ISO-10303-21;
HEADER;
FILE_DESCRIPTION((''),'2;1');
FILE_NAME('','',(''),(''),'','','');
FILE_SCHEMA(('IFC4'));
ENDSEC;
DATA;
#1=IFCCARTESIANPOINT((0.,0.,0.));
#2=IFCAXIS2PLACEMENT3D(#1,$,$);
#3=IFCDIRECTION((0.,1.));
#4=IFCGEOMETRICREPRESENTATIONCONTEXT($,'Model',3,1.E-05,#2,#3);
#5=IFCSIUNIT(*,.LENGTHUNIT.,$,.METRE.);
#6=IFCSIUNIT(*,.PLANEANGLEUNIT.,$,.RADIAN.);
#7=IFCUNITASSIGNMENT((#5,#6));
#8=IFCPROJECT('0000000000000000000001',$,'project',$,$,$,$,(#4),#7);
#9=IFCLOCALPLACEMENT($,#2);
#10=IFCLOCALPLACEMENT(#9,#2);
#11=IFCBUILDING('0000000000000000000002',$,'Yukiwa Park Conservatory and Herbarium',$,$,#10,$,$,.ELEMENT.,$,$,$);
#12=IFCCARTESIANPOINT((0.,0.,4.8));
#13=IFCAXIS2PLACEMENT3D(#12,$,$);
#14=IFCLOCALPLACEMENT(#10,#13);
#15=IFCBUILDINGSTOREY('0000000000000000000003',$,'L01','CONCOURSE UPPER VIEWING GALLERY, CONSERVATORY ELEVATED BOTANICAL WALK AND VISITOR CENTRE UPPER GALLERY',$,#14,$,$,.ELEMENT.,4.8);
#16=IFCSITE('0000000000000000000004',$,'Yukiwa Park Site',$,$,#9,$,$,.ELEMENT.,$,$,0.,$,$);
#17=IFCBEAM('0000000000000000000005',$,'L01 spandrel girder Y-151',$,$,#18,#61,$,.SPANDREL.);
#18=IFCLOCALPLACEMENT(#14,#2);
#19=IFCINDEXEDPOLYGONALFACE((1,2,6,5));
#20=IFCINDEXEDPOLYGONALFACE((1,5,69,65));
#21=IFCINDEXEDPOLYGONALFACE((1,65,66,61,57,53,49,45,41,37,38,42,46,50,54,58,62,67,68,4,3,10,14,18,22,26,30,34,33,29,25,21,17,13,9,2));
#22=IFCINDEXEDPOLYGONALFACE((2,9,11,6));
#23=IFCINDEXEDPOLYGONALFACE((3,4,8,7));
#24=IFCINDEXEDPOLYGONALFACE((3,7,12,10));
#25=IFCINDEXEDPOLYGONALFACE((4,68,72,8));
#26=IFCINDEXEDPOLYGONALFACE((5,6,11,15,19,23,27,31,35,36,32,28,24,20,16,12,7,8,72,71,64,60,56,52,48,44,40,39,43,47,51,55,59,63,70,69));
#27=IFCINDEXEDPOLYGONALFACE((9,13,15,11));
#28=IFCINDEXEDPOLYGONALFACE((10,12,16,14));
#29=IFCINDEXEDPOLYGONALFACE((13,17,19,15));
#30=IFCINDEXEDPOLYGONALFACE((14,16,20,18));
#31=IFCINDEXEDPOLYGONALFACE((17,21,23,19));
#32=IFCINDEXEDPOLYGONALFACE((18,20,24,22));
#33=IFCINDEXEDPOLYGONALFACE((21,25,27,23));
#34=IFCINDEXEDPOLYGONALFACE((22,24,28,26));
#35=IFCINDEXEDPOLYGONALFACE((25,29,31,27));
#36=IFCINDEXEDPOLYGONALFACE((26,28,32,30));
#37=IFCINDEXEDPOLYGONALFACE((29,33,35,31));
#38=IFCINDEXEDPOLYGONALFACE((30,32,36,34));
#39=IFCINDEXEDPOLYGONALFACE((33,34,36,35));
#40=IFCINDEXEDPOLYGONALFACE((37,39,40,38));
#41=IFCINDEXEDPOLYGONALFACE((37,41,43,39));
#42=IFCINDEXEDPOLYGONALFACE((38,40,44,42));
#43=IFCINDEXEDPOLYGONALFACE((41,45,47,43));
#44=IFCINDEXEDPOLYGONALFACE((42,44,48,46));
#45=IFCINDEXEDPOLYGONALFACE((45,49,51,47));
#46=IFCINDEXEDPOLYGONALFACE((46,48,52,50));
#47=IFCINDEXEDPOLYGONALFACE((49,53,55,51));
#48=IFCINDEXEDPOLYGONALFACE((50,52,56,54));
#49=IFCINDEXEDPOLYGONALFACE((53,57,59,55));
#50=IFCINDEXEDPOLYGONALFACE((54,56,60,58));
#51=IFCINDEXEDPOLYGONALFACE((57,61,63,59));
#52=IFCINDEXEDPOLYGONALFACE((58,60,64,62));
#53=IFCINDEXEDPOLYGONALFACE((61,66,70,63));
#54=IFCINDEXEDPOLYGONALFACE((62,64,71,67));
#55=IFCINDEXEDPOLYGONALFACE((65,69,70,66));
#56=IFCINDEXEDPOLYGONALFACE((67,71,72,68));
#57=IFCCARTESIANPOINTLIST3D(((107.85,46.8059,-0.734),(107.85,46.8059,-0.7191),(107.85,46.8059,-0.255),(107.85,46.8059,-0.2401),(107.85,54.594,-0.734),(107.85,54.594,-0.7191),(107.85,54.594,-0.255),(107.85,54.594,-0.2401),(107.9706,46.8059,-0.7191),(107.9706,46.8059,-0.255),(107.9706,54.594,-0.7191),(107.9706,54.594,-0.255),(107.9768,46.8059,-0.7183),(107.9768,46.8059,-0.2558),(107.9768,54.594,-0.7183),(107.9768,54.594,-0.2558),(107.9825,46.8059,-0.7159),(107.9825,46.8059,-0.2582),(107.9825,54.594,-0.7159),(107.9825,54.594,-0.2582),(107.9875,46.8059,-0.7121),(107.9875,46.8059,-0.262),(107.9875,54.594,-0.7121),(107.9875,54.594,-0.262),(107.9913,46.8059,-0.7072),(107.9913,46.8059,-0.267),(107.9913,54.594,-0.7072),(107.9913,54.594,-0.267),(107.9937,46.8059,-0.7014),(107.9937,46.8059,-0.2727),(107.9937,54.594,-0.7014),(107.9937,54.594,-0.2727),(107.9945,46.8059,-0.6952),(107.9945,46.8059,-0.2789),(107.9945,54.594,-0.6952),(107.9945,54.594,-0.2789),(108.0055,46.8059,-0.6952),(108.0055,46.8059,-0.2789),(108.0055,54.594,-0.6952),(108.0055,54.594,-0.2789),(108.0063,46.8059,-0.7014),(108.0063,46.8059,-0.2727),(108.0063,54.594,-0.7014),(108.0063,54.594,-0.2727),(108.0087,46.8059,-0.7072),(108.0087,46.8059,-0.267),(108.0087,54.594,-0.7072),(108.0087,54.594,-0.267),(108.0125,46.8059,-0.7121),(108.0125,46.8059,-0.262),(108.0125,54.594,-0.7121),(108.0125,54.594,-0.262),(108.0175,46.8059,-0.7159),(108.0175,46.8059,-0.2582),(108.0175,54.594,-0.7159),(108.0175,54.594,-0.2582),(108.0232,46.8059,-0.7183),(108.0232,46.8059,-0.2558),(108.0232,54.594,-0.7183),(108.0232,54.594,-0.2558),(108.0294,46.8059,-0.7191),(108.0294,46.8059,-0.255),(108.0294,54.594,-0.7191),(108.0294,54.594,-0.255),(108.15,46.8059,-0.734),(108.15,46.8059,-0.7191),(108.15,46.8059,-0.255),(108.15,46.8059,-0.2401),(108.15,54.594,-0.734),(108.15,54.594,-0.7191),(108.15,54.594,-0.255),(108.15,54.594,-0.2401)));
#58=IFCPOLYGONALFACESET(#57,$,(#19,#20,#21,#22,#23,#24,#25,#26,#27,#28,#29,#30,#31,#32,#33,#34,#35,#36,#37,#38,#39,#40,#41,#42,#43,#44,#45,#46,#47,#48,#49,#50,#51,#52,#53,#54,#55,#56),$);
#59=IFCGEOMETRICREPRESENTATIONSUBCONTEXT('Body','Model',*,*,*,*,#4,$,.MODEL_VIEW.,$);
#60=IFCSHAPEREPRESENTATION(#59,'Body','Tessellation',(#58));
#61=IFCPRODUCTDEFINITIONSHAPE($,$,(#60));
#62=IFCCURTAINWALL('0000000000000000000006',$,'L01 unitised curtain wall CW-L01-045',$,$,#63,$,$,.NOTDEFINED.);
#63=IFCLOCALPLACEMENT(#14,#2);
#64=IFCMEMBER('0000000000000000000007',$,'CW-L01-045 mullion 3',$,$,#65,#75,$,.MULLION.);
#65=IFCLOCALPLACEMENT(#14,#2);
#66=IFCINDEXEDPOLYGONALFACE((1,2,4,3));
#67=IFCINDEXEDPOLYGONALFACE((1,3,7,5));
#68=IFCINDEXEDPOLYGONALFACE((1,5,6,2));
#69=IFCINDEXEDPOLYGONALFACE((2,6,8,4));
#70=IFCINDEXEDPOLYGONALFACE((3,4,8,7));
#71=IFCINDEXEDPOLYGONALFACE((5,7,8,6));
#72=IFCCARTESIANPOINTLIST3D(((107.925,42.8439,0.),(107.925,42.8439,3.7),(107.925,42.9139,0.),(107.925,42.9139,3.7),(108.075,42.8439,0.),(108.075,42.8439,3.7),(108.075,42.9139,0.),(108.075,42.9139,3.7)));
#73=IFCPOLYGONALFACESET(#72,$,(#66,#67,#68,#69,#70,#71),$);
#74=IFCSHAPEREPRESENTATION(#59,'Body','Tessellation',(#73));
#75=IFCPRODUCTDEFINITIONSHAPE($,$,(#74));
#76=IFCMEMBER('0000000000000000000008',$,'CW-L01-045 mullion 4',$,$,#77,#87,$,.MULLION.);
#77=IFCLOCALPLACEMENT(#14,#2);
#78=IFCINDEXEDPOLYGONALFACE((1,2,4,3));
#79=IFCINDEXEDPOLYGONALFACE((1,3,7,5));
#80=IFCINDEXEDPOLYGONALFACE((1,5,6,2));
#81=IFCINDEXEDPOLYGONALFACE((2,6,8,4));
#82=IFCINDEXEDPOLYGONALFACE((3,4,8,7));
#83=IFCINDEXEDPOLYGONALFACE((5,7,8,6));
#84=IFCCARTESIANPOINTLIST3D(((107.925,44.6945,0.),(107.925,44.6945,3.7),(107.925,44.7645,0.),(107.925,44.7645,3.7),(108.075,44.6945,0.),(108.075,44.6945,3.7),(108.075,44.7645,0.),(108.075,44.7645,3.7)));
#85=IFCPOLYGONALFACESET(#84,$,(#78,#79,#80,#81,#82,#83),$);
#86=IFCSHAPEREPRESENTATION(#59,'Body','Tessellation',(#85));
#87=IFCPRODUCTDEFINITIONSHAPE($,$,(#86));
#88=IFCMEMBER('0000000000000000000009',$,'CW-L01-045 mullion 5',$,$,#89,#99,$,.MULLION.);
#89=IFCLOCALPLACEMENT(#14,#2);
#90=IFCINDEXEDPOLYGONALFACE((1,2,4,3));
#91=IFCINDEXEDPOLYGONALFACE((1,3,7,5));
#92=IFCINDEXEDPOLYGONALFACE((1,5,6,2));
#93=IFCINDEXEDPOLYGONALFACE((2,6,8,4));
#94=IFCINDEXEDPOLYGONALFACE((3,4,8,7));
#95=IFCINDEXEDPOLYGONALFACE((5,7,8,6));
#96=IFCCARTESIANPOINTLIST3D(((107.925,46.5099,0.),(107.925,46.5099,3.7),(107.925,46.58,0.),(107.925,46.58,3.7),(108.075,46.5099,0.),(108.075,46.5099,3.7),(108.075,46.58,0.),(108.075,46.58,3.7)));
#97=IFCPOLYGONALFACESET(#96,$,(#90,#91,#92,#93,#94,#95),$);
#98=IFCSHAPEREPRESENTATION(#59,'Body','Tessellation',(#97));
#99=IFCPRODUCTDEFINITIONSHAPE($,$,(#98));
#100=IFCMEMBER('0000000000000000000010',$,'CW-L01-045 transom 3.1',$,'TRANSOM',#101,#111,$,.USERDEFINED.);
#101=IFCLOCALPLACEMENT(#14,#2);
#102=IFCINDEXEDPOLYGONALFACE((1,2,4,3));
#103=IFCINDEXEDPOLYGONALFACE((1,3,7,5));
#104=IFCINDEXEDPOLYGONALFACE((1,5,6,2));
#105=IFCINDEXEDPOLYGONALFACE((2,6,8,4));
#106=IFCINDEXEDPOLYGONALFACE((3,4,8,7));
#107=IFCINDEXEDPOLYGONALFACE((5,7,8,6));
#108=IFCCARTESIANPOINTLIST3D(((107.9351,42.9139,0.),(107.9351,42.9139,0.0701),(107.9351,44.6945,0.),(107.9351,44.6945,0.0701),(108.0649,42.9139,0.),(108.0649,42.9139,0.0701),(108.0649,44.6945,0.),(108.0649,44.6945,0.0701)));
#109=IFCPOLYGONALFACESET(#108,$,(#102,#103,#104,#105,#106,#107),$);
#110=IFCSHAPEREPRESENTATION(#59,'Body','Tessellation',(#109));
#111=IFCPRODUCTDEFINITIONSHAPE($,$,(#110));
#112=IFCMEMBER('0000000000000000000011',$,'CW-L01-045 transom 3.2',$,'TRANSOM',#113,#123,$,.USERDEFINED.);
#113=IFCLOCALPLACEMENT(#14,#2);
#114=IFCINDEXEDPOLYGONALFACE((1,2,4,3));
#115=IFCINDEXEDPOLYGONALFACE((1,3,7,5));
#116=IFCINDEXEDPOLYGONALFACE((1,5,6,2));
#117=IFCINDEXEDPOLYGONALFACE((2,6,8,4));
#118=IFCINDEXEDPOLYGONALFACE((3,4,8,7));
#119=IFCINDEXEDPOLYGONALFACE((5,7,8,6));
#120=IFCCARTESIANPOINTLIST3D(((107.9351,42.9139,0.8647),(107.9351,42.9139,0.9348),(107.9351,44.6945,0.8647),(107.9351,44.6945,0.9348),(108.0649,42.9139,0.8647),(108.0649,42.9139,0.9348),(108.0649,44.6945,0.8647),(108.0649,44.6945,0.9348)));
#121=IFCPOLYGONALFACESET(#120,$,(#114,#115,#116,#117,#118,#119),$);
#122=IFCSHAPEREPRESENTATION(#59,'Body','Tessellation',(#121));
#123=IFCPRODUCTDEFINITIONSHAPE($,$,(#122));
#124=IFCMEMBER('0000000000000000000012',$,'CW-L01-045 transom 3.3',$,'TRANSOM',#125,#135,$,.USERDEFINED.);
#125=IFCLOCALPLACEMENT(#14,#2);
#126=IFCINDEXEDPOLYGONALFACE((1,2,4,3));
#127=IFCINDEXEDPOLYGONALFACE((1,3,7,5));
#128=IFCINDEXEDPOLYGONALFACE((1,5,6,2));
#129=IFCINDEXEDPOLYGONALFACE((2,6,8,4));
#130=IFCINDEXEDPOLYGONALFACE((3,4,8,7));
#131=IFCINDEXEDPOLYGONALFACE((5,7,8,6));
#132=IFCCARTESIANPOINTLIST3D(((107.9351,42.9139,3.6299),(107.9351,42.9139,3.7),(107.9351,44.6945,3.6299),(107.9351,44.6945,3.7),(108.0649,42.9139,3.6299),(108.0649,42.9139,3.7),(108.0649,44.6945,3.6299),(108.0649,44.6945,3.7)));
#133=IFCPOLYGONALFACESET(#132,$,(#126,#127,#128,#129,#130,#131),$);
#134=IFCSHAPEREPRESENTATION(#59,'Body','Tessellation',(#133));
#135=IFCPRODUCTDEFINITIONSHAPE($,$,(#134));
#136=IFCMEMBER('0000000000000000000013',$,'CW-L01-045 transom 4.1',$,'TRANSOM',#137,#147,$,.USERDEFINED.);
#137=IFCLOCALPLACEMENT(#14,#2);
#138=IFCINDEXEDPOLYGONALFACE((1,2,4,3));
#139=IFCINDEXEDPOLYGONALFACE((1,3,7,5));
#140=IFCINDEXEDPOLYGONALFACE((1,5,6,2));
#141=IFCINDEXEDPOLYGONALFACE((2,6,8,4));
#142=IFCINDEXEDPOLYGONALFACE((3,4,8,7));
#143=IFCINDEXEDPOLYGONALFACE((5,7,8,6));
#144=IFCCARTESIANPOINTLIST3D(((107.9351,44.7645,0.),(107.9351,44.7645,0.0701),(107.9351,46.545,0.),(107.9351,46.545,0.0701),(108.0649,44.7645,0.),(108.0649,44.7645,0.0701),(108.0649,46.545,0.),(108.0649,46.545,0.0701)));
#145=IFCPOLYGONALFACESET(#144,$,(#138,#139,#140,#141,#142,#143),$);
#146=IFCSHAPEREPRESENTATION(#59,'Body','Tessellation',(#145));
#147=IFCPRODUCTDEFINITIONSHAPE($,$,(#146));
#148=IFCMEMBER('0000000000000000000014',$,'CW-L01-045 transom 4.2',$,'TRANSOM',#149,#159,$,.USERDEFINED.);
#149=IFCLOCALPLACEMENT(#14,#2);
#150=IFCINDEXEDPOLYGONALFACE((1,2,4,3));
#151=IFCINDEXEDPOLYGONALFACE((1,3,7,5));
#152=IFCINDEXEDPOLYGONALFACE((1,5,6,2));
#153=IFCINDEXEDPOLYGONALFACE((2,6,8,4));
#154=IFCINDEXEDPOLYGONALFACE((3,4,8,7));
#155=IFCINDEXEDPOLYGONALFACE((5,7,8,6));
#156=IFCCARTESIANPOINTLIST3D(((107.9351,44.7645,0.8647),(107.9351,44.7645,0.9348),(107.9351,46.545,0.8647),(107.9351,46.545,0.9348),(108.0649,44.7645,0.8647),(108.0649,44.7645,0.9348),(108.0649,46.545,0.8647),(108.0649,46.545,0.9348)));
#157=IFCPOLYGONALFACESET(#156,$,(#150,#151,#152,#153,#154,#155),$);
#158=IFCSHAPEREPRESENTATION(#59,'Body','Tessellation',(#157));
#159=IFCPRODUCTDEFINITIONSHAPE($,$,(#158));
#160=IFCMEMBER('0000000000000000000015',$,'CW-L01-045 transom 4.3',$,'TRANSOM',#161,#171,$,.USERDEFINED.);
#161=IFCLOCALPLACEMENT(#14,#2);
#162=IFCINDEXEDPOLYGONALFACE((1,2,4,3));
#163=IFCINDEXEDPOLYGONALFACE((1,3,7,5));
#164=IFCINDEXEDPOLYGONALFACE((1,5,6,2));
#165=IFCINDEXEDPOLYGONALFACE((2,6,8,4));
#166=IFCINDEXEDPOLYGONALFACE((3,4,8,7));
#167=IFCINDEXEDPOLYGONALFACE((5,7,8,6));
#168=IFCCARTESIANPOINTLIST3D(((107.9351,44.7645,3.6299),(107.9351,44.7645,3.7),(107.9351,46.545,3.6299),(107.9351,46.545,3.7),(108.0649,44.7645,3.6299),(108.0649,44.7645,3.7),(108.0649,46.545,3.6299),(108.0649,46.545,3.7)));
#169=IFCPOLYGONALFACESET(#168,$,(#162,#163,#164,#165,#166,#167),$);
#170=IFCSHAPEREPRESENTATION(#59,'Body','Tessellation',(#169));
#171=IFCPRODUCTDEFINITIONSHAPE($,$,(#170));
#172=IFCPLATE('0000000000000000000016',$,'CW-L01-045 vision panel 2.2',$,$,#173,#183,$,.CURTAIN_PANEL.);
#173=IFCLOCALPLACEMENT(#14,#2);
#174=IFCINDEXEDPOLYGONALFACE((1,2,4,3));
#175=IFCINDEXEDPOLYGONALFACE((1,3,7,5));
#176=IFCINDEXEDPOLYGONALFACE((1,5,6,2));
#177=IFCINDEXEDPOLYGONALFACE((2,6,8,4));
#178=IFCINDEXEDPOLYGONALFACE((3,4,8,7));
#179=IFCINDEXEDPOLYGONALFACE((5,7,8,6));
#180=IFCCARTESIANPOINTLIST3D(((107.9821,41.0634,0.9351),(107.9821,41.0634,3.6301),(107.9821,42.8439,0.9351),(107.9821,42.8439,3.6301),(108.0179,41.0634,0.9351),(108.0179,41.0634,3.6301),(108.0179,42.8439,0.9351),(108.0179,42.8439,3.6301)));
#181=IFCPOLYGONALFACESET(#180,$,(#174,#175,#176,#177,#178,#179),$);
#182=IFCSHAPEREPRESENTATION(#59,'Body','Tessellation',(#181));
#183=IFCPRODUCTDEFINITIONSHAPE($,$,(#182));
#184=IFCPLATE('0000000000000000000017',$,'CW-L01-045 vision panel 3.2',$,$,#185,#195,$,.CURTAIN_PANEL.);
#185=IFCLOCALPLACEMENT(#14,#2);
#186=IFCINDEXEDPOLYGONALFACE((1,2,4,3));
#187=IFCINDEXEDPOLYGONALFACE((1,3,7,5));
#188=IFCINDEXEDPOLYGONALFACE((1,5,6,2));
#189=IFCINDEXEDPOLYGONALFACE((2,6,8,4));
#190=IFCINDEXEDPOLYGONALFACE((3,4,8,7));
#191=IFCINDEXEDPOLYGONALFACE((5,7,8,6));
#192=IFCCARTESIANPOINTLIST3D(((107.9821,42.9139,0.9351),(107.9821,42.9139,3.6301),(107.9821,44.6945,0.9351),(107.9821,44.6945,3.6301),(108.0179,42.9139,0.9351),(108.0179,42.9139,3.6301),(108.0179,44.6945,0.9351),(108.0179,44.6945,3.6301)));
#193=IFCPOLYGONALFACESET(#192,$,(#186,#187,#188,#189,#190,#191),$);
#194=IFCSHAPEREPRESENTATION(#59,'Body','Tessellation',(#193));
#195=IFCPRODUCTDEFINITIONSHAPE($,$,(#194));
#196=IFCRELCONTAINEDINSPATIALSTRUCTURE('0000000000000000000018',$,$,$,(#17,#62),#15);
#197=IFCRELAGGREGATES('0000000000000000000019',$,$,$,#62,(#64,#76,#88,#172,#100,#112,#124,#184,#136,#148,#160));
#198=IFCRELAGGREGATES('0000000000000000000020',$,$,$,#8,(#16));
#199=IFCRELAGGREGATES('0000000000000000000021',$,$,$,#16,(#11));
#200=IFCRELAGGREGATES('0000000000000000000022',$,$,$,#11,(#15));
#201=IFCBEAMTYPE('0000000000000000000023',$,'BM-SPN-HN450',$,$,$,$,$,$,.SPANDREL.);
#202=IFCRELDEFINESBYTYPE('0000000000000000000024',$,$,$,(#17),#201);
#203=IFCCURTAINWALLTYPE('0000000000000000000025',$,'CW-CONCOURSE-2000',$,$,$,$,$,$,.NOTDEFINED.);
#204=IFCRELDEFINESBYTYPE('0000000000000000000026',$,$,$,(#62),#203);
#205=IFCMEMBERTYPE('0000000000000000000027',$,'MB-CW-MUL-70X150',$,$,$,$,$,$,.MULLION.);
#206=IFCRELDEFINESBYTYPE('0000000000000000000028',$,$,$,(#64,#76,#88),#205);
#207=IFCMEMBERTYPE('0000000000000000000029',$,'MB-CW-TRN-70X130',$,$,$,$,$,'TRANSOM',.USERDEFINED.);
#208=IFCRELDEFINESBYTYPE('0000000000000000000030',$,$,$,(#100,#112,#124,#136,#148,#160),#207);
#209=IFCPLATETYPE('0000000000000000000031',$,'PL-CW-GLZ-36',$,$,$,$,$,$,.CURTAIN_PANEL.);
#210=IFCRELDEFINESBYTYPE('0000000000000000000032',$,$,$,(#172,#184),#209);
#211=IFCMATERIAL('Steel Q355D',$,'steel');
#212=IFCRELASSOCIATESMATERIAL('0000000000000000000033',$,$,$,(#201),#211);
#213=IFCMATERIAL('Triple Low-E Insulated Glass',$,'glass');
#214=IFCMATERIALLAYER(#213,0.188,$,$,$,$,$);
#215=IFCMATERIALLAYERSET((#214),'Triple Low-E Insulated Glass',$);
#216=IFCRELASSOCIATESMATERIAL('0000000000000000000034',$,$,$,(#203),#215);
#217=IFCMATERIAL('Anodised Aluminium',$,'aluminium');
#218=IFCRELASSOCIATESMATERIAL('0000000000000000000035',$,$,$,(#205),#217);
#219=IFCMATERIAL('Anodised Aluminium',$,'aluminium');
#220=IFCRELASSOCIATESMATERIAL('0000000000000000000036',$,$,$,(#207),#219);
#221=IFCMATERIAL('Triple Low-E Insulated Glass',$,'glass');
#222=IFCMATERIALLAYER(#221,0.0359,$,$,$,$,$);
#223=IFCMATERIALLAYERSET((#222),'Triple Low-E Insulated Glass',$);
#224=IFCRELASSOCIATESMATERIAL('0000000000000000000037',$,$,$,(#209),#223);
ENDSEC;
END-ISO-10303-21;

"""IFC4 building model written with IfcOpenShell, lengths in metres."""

from ifc_helpers import new_model, si_unit, direction, frame, origin, origin_2d, place, context, subcontext, project, spatial, rectangle, i_section, extrude, material, layer, layer_set, material_profile, profile_set, type_object, element, aggregate, save


model = new_model("IFC4")

# Units and contexts
model_context = context("Model", 3, precision=1e-05, world=origin(), true_north=direction((0.0, 1.0)))
body_context = subcontext(model_context, "Body", "Model", "MODEL_VIEW")
ifc_project = project(units=[si_unit("LENGTHUNIT", "METRE"), si_unit("PLANEANGLEUNIT", "RADIAN")], contexts=[model_context])

# Site, building, storey
site_placement = place(None, origin())
site = spatial("IfcSite", under=ifc_project, at=site_placement, Name="Yukiwa Park Site", CompositionType="ELEMENT", RefElevation=0.0)
building_placement = place(site_placement, origin())
building = spatial("IfcBuilding", under=site, at=building_placement, Name="Yukiwa Park Conservatory and Herbarium", CompositionType="ELEMENT")
storey_placement = place(building_placement, frame((0.0, 0.0, 4.8)))
storey = spatial("IfcBuildingStorey", under=building, at=storey_placement, Name="L01", Description="CONCOURSE UPPER VIEWING GALLERY, CONSERVATORY ELEVATED BOTANICAL WALK AND VISITOR CENTRE UPPER GALLERY", CompositionType="ELEMENT", Elevation=4.8)

# Beam
ifc_material_1 = material(Name="Steel Q355D", Category="steel")
ifc_material_profile_1 = material_profile(ifc_material_1, i_section(OverallWidth=0.3, OverallDepth=0.4939, WebThickness=0.011, FlangeThickness=0.0149, FilletRadius=0.0239, at=origin_2d()), Name="HM 494x300x11x15")
ifc_profile_set_1 = profile_set([ifc_material_profile_1], Name="Steel Q355D")
beam_type_1 = type_object("IfcBeamType", Name="BM-SPN-HN450", PredefinedType="SPANDREL", material=ifc_profile_set_1)
beam_1_placement = place(storey_placement, frame((108.0, 46.8059, -0.4871), z_axis=(0.0, 1.0, 0.0), x_axis=(-1.0, 0.0, 0.0)))
element("IfcBeam", 1, at=beam_1_placement, inside=storey, type_object=beam_type_1, Name="L01 spandrel girder Y-151", PredefinedType="SPANDREL", context=body_context, shape_type="SweptSolid", body=[
    extrude(i_section(OverallWidth=0.3, OverallDepth=0.4939, WebThickness=0.011, FlangeThickness=0.0149, FilletRadius=0.0239, at=origin_2d()), origin(), (0.0, 0.0, 1.0), 7.7881),
])

# Curtain wall, members, plates
ifc_material_2 = material(Name="Triple Low-E Insulated Glass", Category="glass")
ifc_layer_1 = layer(ifc_material_2, 0.188)
ifc_layer_set_1 = layer_set([ifc_layer_1], Name="Triple Low-E Insulated Glass")
curtain_wall_type = type_object("IfcCurtainWallType", Name="CW-CONCOURSE-2000", PredefinedType="NOTDEFINED", material=ifc_layer_set_1)
curtain_wall_placement = place(storey_placement, origin())
curtain_wall = element("IfcCurtainWall", 2, at=curtain_wall_placement, inside=storey, type_object=curtain_wall_type, Name="L01 unitised curtain wall CW-L01-045", PredefinedType="NOTDEFINED")
ifc_material_3 = material(Name="Anodised Aluminium", Category="aluminium")
member_type_1 = type_object("IfcMemberType", Name="MB-CW-MUL-70X150", PredefinedType="MULLION", material=ifc_material_3)
member_1_placement = place(storey_placement, frame((108.0, 42.8789, 0.0), z_axis=(0.0, 0.0, 1.0), x_axis=(0.0, 1.0, 0.0)))
member_1 = element("IfcMember", 3, at=member_1_placement, type_object=member_type_1, Name="CW-L01-045 mullion 3", PredefinedType="MULLION", context=body_context, shape_type="SweptSolid", body=[
    extrude(rectangle(XDim=0.0701, YDim=0.1499, at=origin_2d()), origin(), (0.0, 0.0, 1.0), 3.7),
])
member_2_placement = place(storey_placement, frame((108.0, 44.7295, 0.0), z_axis=(0.0, 0.0, 1.0), x_axis=(0.0, 1.0, 0.0)))
member_2 = element("IfcMember", 4, at=member_2_placement, type_object=member_type_1, Name="CW-L01-045 mullion 4", PredefinedType="MULLION", context=body_context, shape_type="SweptSolid", body=[
    extrude(rectangle(XDim=0.0701, YDim=0.1499, at=origin_2d()), origin(), (0.0, 0.0, 1.0), 3.7),
])
member_3_placement = place(storey_placement, frame((108.0, 46.5449, 0.0), z_axis=(0.0, 0.0, 1.0), x_axis=(0.0, 1.0, 0.0)))
member_3 = element("IfcMember", 5, at=member_3_placement, type_object=member_type_1, Name="CW-L01-045 mullion 5", PredefinedType="MULLION", context=body_context, shape_type="SweptSolid", body=[
    extrude(rectangle(XDim=0.0701, YDim=0.1499, at=origin_2d()), origin(), (0.0, 0.0, 1.0), 3.7),
])
ifc_material_4 = material(Name="Anodised Aluminium", Category="aluminium")
member_type_2 = type_object("IfcMemberType", Name="MB-CW-TRN-70X130", ElementType="TRANSOM", PredefinedType="USERDEFINED", material=ifc_material_4)
member_4_placement = place(storey_placement, frame((108.0, 43.8042, 0.0), z_axis=(0.0, 0.0, 1.0), x_axis=(0.0, 1.0, 0.0)))
member_4 = element("IfcMember", 6, at=member_4_placement, type_object=member_type_2, Name="CW-L01-045 transom 3.1", ObjectType="TRANSOM", PredefinedType="USERDEFINED", context=body_context, shape_type="SweptSolid", body=[
    extrude(rectangle(XDim=1.7805, YDim=0.1299, at=origin_2d()), origin(), (0.0, 0.0, 1.0), 0.0701),
])
member_5_placement = place(storey_placement, frame((108.0, 43.8042, 0.8647), z_axis=(0.0, 0.0, 1.0), x_axis=(0.0, 1.0, 0.0)))
member_5 = element("IfcMember", 7, at=member_5_placement, type_object=member_type_2, Name="CW-L01-045 transom 3.2", ObjectType="TRANSOM", PredefinedType="USERDEFINED", context=body_context, shape_type="SweptSolid", body=[
    extrude(rectangle(XDim=1.7805, YDim=0.1299, at=origin_2d()), origin(), (0.0, 0.0, 1.0), 0.0701),
])
member_6_placement = place(storey_placement, frame((108.0, 43.8042, 3.6299), z_axis=(0.0, 0.0, 1.0), x_axis=(0.0, 1.0, 0.0)))
member_6 = element("IfcMember", 8, at=member_6_placement, type_object=member_type_2, Name="CW-L01-045 transom 3.3", ObjectType="TRANSOM", PredefinedType="USERDEFINED", context=body_context, shape_type="SweptSolid", body=[
    extrude(rectangle(XDim=1.7805, YDim=0.1299, at=origin_2d()), origin(), (0.0, 0.0, 1.0), 0.0701),
])
member_7_placement = place(storey_placement, frame((108.0, 45.6548, 0.0), z_axis=(0.0, 0.0, 1.0), x_axis=(0.0, 1.0, 0.0)))
member_7 = element("IfcMember", 9, at=member_7_placement, type_object=member_type_2, Name="CW-L01-045 transom 4.1", ObjectType="TRANSOM", PredefinedType="USERDEFINED", context=body_context, shape_type="SweptSolid", body=[
    extrude(rectangle(XDim=1.7805, YDim=0.1299, at=origin_2d()), origin(), (0.0, 0.0, 1.0), 0.0701),
])
member_8_placement = place(storey_placement, frame((108.0, 45.6548, 0.8647), z_axis=(0.0, 0.0, 1.0), x_axis=(0.0, 1.0, 0.0)))
member_8 = element("IfcMember", 10, at=member_8_placement, type_object=member_type_2, Name="CW-L01-045 transom 4.2", ObjectType="TRANSOM", PredefinedType="USERDEFINED", context=body_context, shape_type="SweptSolid", body=[
    extrude(rectangle(XDim=1.7805, YDim=0.1299, at=origin_2d()), origin(), (0.0, 0.0, 1.0), 0.0701),
])
member_9_placement = place(storey_placement, frame((108.0, 45.6548, 3.6299), z_axis=(0.0, 0.0, 1.0), x_axis=(0.0, 1.0, 0.0)))
member_9 = element("IfcMember", 11, at=member_9_placement, type_object=member_type_2, Name="CW-L01-045 transom 4.3", ObjectType="TRANSOM", PredefinedType="USERDEFINED", context=body_context, shape_type="SweptSolid", body=[
    extrude(rectangle(XDim=1.7805, YDim=0.1299, at=origin_2d()), origin(), (0.0, 0.0, 1.0), 0.0701),
])
ifc_material_5 = material(Name="Triple Low-E Insulated Glass", Category="glass")
ifc_layer_2 = layer(ifc_material_5, 0.0359)
ifc_layer_set_2 = layer_set([ifc_layer_2], Name="Triple Low-E Insulated Glass")
plate_type_1 = type_object("IfcPlateType", Name="PL-CW-GLZ-36", PredefinedType="CURTAIN_PANEL", material=ifc_layer_set_2)
plate_1_placement = place(storey_placement, frame((108.0, 41.9536, 0.9351), z_axis=(0.0, 0.0, 1.0), x_axis=(0.0, 1.0, 0.0)))
plate_1 = element("IfcPlate", 12, at=plate_1_placement, type_object=plate_type_1, Name="CW-L01-045 vision panel 2.2", PredefinedType="CURTAIN_PANEL", context=body_context, shape_type="SweptSolid", body=[
    extrude(rectangle(XDim=1.7805, YDim=0.0359, at=origin_2d()), origin(), (0.0, 0.0, 1.0), 2.6951),
])
plate_2_placement = place(storey_placement, frame((108.0, 43.8042, 0.9351), z_axis=(0.0, 0.0, 1.0), x_axis=(0.0, 1.0, 0.0)))
plate_2 = element("IfcPlate", 13, at=plate_2_placement, type_object=plate_type_1, Name="CW-L01-045 vision panel 3.2", PredefinedType="CURTAIN_PANEL", context=body_context, shape_type="SweptSolid", body=[
    extrude(rectangle(XDim=1.7805, YDim=0.0359, at=origin_2d()), origin(), (0.0, 0.0, 1.0), 2.6951),
])
aggregate(curtain_wall, [member_1, member_2, member_3, plate_1, member_4, member_5, member_6, plate_2, member_7, member_8, member_9])

save(model, "model.ifc")
